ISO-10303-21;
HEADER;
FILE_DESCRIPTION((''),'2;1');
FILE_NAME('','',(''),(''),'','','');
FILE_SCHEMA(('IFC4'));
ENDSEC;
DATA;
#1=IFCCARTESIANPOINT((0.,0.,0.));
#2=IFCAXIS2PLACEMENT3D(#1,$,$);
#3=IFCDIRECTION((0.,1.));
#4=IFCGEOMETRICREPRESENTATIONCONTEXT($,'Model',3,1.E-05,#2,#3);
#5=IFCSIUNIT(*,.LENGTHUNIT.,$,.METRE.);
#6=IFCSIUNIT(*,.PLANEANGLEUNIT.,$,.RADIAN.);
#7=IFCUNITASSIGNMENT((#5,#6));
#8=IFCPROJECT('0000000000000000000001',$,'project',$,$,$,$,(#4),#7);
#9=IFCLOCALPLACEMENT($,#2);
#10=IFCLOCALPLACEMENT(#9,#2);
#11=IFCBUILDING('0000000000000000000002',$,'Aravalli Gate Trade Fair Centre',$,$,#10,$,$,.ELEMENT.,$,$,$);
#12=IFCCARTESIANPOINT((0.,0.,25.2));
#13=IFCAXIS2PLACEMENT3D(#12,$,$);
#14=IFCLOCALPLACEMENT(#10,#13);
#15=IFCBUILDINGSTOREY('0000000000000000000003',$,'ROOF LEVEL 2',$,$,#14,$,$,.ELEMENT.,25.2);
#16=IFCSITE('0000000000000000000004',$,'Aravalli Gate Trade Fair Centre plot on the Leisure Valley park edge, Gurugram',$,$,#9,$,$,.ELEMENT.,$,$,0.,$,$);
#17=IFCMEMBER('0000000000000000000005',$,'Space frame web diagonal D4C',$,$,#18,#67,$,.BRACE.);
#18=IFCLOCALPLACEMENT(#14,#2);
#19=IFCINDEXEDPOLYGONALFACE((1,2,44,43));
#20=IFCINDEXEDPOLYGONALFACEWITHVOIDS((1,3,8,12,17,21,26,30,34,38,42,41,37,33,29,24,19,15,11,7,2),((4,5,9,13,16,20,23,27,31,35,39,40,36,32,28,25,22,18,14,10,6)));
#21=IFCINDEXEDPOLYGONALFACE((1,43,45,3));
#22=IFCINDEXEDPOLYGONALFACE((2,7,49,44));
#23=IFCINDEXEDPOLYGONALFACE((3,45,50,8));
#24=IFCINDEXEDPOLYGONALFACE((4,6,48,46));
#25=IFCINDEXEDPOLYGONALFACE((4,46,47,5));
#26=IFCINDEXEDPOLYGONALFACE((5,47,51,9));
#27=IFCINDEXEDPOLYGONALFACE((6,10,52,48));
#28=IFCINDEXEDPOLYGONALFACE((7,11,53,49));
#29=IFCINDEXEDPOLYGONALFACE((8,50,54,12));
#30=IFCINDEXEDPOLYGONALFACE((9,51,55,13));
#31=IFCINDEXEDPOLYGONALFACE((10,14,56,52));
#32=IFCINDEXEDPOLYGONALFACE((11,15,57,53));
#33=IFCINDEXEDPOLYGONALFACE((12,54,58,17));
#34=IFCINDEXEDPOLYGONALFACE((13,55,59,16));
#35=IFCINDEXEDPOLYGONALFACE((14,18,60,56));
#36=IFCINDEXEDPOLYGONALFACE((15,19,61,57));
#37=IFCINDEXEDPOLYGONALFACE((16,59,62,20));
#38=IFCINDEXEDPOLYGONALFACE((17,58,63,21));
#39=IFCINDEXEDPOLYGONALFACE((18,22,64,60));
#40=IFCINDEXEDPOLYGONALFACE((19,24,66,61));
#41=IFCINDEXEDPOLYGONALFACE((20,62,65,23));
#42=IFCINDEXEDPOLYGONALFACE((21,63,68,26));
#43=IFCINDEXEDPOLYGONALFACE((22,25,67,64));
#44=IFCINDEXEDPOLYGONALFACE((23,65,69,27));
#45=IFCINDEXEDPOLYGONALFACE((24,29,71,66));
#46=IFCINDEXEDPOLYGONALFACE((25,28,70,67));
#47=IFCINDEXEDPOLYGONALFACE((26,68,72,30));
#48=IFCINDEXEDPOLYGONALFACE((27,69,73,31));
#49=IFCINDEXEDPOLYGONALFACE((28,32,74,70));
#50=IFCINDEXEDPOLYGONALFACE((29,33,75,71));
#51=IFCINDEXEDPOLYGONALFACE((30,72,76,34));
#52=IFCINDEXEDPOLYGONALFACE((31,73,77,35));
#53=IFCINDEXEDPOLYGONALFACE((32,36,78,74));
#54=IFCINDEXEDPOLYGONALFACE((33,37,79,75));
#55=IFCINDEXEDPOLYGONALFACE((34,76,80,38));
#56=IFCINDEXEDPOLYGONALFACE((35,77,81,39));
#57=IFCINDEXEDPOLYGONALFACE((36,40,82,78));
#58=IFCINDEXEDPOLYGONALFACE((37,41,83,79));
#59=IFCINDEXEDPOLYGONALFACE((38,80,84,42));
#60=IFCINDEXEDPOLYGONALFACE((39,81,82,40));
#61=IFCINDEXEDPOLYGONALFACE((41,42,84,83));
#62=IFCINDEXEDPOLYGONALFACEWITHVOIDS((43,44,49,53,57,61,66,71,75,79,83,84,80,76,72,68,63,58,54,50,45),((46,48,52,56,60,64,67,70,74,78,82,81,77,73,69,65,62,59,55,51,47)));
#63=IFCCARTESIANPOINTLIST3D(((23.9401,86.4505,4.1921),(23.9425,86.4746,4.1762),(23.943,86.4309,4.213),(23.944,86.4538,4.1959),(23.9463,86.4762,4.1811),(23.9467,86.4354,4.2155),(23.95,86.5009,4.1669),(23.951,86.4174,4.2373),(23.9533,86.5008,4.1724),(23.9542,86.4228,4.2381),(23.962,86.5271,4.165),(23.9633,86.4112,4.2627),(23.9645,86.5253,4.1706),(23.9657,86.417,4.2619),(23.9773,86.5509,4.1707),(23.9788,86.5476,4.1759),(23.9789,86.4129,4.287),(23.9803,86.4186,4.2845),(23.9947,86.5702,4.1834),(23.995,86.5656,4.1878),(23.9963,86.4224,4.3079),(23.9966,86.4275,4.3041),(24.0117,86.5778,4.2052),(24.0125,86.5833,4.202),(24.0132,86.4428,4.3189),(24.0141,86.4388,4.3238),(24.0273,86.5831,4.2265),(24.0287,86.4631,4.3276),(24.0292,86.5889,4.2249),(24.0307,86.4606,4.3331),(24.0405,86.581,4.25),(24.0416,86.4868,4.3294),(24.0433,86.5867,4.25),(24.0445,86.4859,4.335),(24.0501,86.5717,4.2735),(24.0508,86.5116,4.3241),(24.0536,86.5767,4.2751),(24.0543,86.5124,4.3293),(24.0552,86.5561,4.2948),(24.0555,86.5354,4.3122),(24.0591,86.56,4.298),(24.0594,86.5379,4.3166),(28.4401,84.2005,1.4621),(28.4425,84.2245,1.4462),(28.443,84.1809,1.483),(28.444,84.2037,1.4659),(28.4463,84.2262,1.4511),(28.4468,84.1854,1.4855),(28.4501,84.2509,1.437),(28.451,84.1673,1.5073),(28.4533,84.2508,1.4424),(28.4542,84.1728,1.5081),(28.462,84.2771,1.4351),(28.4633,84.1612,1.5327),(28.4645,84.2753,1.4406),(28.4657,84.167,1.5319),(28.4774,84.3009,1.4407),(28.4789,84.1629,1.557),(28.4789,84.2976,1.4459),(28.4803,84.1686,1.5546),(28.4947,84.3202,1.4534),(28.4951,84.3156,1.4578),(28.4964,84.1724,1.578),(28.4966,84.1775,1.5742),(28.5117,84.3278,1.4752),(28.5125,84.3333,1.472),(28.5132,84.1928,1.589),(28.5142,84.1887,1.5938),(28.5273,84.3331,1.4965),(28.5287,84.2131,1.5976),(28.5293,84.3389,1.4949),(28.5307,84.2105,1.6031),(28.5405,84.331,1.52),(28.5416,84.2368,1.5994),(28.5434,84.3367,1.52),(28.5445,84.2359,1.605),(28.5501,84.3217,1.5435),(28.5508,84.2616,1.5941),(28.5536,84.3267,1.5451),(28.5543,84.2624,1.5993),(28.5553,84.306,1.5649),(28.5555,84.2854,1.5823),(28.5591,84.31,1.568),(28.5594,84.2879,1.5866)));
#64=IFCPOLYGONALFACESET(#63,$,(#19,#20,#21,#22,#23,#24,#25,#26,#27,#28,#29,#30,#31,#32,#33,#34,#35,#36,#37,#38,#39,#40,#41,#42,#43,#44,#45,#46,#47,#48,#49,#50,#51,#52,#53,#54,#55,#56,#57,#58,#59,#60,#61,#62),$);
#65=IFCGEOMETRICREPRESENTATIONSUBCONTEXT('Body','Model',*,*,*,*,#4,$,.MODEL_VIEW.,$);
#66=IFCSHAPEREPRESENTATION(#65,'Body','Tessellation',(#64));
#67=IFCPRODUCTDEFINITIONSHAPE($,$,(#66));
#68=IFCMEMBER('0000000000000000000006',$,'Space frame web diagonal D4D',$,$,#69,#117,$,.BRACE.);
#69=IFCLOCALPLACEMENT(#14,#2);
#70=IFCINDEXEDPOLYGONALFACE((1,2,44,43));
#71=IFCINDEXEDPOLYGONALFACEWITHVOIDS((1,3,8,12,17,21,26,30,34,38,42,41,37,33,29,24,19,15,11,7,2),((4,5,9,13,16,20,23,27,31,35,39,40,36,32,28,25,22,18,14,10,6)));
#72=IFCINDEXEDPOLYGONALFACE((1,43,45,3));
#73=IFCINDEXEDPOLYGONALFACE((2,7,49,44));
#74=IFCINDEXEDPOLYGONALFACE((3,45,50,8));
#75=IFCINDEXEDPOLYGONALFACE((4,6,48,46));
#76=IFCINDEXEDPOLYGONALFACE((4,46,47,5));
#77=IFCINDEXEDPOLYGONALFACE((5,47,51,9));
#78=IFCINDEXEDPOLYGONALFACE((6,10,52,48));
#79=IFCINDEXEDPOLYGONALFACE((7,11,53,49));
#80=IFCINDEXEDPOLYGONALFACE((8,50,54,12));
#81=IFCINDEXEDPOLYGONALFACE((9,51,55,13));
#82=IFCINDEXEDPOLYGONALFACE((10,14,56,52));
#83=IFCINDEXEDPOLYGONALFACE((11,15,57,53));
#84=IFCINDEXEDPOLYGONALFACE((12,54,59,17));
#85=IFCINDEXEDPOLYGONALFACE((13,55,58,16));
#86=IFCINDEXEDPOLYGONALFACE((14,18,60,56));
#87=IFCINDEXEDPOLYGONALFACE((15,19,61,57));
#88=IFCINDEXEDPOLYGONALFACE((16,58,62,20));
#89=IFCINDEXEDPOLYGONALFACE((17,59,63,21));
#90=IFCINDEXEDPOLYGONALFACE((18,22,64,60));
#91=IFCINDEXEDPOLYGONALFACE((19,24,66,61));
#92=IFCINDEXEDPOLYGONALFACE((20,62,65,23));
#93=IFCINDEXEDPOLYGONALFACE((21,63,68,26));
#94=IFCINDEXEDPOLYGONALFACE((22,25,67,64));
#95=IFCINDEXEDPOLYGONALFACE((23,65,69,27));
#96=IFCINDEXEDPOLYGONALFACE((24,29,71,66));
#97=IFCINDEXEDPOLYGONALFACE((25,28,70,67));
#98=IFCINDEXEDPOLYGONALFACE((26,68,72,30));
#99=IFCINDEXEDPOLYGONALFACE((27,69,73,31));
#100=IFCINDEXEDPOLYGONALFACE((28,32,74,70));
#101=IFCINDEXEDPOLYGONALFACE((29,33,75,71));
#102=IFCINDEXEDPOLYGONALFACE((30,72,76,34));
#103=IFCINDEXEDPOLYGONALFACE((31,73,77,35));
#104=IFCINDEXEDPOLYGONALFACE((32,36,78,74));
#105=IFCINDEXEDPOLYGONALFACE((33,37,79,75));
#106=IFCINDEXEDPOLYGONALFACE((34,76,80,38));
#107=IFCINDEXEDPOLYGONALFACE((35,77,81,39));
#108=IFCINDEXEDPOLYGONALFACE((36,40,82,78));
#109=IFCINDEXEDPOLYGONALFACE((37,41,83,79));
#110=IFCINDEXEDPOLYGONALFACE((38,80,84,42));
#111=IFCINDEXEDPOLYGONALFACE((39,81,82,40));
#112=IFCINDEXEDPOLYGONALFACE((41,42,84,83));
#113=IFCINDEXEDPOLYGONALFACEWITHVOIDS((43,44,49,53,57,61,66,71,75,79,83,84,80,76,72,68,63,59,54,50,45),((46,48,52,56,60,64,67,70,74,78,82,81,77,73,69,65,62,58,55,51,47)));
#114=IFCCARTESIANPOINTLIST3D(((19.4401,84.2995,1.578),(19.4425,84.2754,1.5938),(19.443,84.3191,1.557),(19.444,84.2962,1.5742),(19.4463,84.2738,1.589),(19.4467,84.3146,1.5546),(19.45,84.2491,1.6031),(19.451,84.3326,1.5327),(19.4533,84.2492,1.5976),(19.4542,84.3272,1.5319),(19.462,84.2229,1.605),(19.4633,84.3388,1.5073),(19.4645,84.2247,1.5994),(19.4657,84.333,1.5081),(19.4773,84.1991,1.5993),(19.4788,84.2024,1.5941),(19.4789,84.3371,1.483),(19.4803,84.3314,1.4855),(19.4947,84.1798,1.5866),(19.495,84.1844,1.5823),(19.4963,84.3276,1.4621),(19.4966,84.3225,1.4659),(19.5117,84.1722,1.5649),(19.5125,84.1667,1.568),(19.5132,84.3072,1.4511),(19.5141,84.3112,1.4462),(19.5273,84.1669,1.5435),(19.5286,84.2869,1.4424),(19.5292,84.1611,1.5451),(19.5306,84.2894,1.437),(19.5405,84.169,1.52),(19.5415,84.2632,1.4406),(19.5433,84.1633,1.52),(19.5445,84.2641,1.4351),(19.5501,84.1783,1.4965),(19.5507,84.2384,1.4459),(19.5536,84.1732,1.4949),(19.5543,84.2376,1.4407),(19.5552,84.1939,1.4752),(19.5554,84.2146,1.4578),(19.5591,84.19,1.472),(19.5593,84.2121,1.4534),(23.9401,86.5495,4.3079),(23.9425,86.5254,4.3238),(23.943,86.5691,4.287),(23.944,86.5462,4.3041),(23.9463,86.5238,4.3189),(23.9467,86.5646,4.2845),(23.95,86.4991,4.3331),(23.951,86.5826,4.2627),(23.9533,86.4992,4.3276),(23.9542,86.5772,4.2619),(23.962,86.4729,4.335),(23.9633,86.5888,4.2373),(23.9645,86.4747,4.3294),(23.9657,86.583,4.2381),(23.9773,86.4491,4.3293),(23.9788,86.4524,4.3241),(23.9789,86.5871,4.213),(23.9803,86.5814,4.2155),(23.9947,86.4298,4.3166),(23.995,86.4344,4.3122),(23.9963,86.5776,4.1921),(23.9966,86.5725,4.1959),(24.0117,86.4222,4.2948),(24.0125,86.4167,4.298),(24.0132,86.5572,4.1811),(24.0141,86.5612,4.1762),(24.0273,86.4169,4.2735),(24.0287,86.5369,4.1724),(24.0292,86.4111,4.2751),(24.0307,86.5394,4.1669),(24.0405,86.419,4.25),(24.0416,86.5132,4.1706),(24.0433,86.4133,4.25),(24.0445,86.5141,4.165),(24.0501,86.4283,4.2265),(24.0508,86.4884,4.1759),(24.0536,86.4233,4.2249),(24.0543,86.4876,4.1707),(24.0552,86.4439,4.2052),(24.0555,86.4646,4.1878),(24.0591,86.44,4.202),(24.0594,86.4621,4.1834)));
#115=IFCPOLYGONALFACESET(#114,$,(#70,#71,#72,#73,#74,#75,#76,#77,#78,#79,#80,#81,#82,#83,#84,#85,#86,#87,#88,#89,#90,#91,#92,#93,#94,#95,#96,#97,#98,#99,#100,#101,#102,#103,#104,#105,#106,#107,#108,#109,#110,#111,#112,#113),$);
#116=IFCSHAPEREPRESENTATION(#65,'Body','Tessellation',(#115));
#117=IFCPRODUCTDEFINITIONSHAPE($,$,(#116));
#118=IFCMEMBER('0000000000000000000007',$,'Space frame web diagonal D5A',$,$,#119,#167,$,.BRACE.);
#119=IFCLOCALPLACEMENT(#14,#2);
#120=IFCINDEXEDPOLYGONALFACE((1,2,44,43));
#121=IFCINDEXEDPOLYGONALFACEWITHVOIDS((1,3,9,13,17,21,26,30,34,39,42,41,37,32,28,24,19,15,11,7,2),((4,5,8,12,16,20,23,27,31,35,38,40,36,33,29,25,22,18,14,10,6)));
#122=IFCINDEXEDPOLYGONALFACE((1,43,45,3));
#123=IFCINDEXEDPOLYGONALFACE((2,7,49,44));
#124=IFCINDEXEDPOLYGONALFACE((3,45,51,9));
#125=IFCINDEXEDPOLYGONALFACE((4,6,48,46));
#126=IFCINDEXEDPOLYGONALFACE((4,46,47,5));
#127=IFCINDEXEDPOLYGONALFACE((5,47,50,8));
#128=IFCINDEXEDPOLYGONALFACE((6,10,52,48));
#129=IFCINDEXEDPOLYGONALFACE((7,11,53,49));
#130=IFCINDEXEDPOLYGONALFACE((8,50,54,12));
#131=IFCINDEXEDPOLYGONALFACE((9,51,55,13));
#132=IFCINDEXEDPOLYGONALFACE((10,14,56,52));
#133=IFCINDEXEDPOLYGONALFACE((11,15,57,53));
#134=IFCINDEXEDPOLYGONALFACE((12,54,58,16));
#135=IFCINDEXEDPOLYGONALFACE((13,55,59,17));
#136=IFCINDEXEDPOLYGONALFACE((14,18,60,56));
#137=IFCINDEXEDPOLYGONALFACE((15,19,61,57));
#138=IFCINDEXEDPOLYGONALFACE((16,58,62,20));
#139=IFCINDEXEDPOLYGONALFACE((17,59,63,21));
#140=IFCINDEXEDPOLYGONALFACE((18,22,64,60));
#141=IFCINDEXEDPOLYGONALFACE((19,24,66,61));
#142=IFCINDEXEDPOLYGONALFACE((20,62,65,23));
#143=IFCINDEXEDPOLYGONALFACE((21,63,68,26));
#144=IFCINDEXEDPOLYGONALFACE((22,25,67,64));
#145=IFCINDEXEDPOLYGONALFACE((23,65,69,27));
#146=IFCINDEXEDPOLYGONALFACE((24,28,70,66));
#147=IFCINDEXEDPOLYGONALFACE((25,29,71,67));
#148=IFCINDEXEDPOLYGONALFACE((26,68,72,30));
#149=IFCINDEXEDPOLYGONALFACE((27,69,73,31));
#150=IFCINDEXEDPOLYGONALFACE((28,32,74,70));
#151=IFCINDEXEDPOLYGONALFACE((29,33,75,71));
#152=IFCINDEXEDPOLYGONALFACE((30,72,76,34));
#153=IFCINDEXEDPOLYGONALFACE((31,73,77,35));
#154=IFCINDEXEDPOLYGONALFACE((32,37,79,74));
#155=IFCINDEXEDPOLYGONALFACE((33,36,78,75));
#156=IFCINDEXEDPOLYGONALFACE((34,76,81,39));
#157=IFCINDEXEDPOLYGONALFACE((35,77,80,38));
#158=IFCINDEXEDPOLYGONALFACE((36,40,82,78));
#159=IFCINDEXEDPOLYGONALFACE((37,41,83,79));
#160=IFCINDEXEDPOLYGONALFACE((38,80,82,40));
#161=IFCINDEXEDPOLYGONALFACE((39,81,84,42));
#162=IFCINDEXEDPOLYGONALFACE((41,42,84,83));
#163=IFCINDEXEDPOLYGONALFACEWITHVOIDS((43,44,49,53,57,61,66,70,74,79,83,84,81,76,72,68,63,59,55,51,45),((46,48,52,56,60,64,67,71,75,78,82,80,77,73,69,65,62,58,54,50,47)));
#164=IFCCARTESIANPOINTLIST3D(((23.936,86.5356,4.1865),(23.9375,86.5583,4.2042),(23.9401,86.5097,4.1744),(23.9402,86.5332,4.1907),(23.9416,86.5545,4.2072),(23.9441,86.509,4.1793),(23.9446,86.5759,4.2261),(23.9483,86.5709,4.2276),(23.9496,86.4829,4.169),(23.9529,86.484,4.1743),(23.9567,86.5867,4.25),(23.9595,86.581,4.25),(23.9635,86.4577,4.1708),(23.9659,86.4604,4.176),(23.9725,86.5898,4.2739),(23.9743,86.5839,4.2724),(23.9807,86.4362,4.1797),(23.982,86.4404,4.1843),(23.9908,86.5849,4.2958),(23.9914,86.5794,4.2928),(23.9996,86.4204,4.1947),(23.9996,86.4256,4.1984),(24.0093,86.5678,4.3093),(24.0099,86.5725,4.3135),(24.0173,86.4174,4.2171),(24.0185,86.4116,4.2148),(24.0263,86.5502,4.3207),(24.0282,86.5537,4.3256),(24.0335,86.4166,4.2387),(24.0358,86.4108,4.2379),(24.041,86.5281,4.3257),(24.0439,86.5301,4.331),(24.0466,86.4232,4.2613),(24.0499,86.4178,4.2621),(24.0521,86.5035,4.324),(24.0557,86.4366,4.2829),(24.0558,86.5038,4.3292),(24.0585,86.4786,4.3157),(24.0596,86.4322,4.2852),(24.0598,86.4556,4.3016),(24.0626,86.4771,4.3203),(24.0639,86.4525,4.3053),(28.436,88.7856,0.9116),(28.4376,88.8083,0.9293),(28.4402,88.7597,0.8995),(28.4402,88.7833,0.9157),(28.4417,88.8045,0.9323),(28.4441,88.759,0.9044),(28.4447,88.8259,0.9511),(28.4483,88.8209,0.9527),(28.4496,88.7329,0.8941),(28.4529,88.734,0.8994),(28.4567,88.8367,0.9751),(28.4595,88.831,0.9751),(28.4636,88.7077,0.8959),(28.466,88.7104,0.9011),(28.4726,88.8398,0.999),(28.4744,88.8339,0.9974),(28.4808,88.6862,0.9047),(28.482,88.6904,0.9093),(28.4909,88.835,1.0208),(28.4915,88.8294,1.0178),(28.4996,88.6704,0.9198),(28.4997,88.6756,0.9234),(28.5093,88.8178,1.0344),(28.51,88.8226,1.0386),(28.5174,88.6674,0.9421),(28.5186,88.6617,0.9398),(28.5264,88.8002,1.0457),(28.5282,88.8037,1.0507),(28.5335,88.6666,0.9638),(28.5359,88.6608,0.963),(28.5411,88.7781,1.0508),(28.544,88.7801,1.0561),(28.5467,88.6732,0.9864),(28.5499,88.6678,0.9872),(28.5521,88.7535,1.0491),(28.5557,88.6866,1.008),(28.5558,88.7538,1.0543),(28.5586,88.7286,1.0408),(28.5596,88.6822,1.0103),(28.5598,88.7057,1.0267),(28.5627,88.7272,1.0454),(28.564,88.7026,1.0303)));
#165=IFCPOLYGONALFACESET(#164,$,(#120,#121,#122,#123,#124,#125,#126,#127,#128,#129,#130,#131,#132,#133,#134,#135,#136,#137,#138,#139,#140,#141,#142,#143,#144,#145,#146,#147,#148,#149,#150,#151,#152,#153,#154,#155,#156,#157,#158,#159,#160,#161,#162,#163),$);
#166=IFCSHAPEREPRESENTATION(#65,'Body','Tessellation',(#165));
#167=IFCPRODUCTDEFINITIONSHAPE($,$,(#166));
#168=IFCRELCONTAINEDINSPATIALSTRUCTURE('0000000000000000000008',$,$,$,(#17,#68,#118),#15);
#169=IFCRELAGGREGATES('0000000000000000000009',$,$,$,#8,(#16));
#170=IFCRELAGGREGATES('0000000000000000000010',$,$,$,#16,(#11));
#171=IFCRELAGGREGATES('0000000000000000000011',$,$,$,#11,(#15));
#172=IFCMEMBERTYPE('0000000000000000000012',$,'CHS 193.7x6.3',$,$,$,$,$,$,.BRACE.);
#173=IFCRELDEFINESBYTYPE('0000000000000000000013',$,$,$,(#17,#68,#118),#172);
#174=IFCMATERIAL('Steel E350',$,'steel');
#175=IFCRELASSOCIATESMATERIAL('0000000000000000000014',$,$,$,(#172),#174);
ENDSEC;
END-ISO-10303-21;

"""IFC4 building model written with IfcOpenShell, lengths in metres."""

from ifc_helpers import new_model, si_unit, direction, frame, origin, origin_2d, place, context, subcontext, project, spatial, hollow_circle, extrude, material, material_profile, profile_set, type_object, element, save


model = new_model("IFC4")

# Units and contexts
model_context = context("Model", 3, precision=1e-05, world=origin(), true_north=direction((0.0, 1.0)))
body_context = subcontext(model_context, "Body", "Model", "MODEL_VIEW")
ifc_project = project(units=[si_unit("LENGTHUNIT", "METRE"), si_unit("PLANEANGLEUNIT", "RADIAN")], contexts=[model_context])

# Site, building, storey
site_placement = place(None, origin())
site = spatial("IfcSite", under=ifc_project, at=site_placement, Name="Aravalli Gate Trade Fair Centre plot on the Leisure Valley park edge, Gurugram", CompositionType="ELEMENT", RefElevation=0.0)
building_placement = place(site_placement, origin())
building = spatial("IfcBuilding", under=site, at=building_placement, Name="Aravalli Gate Trade Fair Centre", CompositionType="ELEMENT")
storey_placement = place(building_placement, frame((0.0, 0.0, 25.2)))
storey = spatial("IfcBuildingStorey", under=building, at=storey_placement, Name="ROOF LEVEL 2", CompositionType="ELEMENT", Elevation=25.2)

# Members
ifc_material_1 = material(Name="Steel E350", Category="steel")
ifc_material_profile_1 = material_profile(ifc_material_1, hollow_circle(Radius=0.0969, WallThickness=0.0063, at=origin_2d()), Name="CHS 193.7x6.3")
ifc_profile_set_1 = profile_set([ifc_material_profile_1], Name="Steel E350")
member_type_1 = type_object("IfcMemberType", Name="CHS 193.7x6.3", PredefinedType="BRACE", material=ifc_profile_set_1)
for number, where, z_axis, x_axis, name in (
    (1, (24.0, 86.5, 4.25), (0.78615, -0.393075, -0.476928), (0.447214, 0.894427, 0.0), "Space frame web diagonal D4C"),
    (2, (24.0, 86.5, 4.25), (-0.78615, -0.393075, -0.476928), (0.447214, -0.894427, 0.0), "Space frame web diagonal D4D"),
):
    element("IfcMember", number, at=place(storey_placement, frame(where, z_axis=z_axis, x_axis=x_axis)), inside=storey, type_object=member_type_1, Name=name, PredefinedType="BRACE", context=body_context, shape_type="SweptSolid", body=[
        extrude(hollow_circle(Radius=0.0969, WallThickness=0.0063, at=origin_2d()), origin(), (0.0, 0.0, 1.0), 5.7241),
    ])
for number, where, z_axis, x_axis, name in (
    (3, (24.0, 86.5, 4.25), (0.74961, 0.374805, -0.545533), (-0.447214, 0.894427, 0.0), "Space frame web diagonal D5A"),
):
    element("IfcMember", number, at=place(storey_placement, frame(where, z_axis=z_axis, x_axis=x_axis)), inside=storey, type_object=member_type_1, Name=name, PredefinedType="BRACE", context=body_context, shape_type="SweptSolid", body=[
        extrude(hollow_circle(Radius=0.0969, WallThickness=0.0063, at=origin_2d()), origin(), (0.0, 0.0, 1.0), 6.0032),
    ])

save(model, "model.ifc")
